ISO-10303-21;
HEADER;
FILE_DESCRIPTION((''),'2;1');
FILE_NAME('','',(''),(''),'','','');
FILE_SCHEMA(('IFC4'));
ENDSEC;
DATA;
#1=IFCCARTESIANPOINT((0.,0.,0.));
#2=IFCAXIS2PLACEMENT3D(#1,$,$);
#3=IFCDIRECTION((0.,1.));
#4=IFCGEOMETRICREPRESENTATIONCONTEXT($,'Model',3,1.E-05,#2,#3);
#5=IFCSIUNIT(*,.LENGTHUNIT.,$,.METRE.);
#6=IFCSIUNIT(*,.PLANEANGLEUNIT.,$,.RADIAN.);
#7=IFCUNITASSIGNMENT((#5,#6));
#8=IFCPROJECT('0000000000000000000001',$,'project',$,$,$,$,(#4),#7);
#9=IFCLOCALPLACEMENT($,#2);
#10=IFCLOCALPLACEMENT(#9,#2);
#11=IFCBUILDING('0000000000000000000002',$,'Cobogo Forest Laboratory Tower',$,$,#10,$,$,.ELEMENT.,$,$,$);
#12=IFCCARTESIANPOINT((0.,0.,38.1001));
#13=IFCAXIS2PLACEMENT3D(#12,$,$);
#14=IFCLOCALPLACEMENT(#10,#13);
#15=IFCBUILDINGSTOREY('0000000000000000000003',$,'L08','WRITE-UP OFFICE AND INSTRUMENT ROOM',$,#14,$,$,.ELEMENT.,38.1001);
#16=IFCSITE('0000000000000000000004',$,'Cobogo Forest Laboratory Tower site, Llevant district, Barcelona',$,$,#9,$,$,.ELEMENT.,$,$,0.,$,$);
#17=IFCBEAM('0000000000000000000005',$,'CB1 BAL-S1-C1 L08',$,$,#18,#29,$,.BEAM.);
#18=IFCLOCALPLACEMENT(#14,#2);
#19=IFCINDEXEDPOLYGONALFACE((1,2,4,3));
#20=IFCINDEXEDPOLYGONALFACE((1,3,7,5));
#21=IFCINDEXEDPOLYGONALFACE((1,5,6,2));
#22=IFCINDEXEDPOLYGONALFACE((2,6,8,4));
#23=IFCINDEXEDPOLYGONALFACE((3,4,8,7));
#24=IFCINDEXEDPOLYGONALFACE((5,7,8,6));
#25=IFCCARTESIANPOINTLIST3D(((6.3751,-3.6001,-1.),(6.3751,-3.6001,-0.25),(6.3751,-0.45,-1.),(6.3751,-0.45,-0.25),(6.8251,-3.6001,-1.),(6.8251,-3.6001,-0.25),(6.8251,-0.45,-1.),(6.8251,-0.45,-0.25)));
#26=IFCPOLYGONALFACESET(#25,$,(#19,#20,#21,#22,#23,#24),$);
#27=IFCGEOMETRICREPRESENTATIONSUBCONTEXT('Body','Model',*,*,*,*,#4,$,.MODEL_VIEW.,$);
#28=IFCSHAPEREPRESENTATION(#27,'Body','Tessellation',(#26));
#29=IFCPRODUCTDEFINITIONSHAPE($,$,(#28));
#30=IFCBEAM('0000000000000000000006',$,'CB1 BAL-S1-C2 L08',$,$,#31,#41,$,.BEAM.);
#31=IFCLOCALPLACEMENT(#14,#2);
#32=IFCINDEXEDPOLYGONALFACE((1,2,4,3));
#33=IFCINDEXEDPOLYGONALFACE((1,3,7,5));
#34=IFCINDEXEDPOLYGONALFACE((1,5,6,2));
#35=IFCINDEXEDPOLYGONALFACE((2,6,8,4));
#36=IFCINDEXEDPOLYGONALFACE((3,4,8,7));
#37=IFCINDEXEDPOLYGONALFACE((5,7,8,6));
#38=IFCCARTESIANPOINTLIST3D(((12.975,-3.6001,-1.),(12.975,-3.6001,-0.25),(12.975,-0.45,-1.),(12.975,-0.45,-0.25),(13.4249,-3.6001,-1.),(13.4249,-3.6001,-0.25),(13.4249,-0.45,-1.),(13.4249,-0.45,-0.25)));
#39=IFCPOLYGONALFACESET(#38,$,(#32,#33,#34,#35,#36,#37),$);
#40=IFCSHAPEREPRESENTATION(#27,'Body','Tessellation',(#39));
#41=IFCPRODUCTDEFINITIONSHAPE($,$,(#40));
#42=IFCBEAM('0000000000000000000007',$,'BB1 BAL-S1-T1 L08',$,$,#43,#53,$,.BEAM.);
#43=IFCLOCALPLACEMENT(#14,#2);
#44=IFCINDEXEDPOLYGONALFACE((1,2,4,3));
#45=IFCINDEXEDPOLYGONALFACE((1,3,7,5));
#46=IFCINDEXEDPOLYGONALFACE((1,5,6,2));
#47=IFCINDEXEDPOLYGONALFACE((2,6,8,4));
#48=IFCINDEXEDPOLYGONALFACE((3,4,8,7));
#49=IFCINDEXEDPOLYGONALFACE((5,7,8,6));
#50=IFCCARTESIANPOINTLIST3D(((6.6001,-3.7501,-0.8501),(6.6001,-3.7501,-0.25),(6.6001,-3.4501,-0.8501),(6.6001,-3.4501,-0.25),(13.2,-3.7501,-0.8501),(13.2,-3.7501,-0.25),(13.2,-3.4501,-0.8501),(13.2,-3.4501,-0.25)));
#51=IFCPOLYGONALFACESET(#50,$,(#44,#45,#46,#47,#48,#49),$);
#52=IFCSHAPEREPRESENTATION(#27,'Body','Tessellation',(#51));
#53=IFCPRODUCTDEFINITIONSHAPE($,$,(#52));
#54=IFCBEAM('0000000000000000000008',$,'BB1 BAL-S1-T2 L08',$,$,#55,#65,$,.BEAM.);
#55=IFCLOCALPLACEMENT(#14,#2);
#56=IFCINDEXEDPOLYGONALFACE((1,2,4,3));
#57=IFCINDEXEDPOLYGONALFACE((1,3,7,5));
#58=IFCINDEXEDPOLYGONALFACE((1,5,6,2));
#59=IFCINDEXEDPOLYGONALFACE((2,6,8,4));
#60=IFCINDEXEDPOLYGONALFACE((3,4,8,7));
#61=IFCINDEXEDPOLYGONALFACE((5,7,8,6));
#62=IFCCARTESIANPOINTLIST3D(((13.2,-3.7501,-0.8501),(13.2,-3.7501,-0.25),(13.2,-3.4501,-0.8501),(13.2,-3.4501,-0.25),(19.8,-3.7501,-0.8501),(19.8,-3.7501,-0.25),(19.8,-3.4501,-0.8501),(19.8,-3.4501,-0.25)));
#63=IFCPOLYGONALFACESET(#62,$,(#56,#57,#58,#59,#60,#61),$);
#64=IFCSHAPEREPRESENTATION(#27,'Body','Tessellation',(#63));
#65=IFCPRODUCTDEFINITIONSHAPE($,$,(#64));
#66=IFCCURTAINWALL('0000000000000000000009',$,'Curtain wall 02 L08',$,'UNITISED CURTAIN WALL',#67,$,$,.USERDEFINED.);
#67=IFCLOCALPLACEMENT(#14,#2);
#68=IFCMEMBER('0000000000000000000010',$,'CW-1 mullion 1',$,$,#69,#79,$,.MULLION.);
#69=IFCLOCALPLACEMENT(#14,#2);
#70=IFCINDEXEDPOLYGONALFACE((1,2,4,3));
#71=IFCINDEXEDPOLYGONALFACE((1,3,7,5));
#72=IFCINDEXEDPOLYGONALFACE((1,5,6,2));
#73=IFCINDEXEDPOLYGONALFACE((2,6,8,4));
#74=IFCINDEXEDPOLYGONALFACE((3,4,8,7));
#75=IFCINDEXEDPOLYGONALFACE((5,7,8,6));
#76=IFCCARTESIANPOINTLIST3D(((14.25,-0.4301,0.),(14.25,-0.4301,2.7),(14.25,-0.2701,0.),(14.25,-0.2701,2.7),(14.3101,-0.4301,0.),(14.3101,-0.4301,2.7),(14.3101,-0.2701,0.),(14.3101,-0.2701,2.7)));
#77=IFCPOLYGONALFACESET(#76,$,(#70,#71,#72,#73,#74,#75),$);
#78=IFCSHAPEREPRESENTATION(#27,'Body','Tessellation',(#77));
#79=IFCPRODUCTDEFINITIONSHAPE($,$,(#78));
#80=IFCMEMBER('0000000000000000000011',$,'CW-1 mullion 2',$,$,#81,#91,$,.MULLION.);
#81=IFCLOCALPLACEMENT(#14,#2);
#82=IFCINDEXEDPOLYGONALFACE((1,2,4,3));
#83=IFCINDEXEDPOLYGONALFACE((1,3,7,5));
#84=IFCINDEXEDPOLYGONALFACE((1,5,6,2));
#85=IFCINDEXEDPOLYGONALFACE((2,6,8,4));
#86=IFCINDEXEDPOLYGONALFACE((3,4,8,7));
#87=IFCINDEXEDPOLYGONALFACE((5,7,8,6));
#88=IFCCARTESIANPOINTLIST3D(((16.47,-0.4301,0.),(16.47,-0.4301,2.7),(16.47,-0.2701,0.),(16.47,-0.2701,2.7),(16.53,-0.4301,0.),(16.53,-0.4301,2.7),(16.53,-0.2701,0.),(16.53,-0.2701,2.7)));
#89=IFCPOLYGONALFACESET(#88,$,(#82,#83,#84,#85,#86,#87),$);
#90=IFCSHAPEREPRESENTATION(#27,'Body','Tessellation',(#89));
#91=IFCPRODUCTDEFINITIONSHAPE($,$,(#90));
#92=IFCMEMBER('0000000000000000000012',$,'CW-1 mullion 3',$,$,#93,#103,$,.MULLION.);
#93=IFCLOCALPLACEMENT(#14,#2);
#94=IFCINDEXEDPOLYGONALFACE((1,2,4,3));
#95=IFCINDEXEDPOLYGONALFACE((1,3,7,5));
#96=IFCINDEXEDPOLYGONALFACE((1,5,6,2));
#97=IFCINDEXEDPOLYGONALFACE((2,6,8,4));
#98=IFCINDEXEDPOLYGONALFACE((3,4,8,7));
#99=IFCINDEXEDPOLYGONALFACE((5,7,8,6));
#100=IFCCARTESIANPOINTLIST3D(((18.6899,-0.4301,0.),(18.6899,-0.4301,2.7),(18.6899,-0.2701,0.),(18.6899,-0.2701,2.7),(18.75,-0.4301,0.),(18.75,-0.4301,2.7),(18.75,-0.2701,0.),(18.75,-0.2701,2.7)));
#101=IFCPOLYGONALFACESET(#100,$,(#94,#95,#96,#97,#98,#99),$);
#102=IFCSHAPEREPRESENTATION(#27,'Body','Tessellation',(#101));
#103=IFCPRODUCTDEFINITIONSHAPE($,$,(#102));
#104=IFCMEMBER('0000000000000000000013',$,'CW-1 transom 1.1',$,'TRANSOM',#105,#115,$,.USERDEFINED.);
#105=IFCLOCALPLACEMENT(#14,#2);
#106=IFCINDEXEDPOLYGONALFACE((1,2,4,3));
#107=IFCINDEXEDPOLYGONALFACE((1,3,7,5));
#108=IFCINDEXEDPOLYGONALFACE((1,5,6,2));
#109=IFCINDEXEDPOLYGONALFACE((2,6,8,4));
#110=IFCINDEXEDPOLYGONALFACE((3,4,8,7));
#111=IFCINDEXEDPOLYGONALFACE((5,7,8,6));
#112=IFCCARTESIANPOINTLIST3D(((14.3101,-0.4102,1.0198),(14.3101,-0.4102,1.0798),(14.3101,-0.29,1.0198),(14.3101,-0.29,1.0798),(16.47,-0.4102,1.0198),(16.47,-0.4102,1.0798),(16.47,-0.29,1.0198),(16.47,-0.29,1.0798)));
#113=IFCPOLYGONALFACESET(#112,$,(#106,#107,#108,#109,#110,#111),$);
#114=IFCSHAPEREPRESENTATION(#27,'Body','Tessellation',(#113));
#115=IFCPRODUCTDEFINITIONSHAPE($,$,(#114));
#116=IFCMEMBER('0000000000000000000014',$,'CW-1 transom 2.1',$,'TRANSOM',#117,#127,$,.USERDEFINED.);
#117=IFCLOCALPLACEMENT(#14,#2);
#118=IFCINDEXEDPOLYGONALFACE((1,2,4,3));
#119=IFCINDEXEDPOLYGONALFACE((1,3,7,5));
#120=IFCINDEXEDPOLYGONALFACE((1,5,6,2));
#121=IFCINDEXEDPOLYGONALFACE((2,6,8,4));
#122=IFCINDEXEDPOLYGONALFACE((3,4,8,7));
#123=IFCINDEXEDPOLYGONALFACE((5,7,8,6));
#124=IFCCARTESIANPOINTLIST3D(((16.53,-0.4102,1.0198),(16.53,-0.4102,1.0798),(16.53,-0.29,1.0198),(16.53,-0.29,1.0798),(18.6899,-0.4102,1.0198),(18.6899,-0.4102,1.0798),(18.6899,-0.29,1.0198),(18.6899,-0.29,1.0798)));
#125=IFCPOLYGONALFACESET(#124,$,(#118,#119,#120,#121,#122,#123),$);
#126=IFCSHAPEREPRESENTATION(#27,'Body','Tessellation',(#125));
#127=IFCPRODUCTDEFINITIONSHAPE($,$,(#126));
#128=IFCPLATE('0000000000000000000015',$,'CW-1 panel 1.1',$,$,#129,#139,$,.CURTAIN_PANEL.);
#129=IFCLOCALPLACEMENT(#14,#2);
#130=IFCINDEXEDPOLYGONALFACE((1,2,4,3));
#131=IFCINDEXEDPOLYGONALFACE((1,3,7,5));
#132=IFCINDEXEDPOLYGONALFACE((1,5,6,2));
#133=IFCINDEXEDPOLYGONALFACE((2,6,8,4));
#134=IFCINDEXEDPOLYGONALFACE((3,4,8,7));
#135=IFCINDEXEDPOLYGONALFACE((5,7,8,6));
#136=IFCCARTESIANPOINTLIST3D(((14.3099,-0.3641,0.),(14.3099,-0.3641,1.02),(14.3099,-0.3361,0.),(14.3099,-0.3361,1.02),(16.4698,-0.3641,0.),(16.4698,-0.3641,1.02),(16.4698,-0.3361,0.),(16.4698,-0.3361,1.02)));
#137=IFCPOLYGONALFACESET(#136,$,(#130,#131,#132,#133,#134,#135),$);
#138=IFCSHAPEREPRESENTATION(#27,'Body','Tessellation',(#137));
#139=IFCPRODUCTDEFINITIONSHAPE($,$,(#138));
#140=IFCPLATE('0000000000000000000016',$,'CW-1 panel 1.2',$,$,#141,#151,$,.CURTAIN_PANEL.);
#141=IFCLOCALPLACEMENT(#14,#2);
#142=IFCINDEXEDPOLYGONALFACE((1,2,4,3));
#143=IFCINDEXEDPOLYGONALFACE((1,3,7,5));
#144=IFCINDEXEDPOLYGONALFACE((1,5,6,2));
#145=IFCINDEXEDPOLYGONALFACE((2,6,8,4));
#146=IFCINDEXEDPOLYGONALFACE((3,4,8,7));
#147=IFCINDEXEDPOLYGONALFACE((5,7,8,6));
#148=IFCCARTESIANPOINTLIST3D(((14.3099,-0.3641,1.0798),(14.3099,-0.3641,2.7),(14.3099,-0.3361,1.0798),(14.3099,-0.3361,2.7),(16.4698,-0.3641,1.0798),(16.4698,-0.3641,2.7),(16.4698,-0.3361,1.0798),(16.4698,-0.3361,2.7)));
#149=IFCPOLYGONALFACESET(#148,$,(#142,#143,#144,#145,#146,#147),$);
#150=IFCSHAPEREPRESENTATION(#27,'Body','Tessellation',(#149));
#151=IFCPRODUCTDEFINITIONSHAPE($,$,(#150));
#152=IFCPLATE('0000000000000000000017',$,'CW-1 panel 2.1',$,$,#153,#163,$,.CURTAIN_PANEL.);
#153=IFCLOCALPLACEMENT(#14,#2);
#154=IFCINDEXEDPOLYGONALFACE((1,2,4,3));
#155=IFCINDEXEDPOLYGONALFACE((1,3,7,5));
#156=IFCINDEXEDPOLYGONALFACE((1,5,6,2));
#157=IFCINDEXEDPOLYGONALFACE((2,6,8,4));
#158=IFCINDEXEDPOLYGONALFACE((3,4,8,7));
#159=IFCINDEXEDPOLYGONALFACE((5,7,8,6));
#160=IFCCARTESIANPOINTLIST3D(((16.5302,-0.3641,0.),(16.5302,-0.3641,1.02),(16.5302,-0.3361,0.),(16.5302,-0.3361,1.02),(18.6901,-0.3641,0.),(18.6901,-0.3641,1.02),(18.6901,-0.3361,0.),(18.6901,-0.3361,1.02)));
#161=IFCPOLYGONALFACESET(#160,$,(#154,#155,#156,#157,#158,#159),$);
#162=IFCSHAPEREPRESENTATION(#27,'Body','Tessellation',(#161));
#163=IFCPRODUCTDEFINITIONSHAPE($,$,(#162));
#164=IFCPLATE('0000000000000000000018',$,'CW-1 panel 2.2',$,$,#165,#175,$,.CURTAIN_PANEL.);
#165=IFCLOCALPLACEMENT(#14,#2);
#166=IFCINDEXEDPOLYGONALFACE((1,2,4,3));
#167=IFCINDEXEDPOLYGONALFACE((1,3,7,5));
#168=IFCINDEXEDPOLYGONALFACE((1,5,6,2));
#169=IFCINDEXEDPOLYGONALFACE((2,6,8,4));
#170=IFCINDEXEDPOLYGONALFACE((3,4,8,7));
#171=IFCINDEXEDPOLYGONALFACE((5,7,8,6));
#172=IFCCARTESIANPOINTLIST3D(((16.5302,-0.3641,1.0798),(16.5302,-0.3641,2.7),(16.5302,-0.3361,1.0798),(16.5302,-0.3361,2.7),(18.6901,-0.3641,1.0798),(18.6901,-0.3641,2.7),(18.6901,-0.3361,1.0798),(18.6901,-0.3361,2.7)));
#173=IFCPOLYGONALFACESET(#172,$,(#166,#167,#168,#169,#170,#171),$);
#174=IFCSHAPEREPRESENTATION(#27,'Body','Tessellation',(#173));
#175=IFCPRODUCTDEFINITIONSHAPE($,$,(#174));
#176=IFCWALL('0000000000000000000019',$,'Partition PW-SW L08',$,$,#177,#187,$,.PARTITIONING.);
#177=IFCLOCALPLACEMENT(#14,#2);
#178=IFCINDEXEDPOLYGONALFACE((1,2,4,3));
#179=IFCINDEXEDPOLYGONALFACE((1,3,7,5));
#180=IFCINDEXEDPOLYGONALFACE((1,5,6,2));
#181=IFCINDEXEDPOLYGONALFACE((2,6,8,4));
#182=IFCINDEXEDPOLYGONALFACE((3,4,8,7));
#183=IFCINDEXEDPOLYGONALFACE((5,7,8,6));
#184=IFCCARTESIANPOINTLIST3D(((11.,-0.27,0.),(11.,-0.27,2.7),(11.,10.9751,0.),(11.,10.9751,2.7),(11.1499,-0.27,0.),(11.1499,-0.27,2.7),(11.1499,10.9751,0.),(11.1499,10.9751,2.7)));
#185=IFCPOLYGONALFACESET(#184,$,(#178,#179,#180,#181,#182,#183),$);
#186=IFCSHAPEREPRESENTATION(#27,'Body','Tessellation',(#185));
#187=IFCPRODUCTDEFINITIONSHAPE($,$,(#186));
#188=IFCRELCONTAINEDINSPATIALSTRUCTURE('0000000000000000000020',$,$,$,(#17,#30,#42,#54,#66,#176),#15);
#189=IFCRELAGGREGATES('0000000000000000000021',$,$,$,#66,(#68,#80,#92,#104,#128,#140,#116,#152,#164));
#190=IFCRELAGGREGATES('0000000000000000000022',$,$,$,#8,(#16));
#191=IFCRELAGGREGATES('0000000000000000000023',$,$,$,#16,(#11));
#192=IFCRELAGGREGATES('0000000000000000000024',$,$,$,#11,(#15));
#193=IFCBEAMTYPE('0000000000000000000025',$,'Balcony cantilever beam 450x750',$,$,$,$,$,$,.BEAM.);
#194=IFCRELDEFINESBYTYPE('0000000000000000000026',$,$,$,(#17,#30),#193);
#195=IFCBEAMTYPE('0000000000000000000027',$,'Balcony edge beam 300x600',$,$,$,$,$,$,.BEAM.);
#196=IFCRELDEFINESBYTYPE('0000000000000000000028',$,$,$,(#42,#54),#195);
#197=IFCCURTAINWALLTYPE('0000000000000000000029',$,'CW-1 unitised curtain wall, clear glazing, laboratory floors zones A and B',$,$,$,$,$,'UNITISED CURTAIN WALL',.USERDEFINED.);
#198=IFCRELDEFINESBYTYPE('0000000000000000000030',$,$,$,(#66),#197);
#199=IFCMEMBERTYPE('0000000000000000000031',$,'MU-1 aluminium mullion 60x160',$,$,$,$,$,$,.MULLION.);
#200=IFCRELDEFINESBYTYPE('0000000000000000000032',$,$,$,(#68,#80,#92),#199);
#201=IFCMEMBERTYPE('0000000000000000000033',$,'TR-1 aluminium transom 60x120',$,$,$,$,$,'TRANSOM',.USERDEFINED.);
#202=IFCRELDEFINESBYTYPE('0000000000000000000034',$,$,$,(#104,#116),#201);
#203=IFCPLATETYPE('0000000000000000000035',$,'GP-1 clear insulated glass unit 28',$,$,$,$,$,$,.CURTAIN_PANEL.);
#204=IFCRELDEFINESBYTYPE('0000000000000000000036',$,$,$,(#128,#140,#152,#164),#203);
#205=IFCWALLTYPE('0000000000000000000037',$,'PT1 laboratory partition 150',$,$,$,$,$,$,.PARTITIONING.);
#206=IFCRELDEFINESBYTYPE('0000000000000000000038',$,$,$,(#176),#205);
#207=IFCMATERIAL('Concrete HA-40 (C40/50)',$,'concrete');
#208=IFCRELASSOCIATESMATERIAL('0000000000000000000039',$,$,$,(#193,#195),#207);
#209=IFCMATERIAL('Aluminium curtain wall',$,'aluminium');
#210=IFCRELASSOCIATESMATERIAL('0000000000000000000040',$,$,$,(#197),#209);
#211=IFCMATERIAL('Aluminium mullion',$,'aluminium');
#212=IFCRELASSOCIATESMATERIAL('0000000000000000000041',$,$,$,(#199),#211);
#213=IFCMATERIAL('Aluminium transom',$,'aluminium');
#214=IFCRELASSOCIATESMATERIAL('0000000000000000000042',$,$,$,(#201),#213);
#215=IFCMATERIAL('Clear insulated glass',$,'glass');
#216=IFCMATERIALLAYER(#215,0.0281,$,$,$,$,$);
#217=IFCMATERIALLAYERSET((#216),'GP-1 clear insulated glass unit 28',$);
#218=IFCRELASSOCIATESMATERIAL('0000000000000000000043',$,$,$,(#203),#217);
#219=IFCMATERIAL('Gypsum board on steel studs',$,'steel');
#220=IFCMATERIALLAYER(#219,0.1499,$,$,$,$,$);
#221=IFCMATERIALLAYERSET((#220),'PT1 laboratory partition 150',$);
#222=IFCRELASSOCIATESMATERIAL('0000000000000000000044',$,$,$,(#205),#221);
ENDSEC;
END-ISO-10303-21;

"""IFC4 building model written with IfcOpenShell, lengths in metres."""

from ifc_helpers import new_model, si_unit, direction, frame, frame_2d, origin, origin_2d, place, context, subcontext, project, spatial, rectangle, extrude, material, layer, layer_set, material_profile, profile_set, type_object, element, aggregate, save


model = new_model("IFC4")

# Units and contexts
model_context = context("Model", 3, precision=1e-05, world=origin(), true_north=direction((0.0, 1.0)))
body_context = subcontext(model_context, "Body", "Model", "MODEL_VIEW")
ifc_project = project(units=[si_unit("LENGTHUNIT", "METRE"), si_unit("PLANEANGLEUNIT", "RADIAN")], contexts=[model_context])

# Site, building, storey
site_placement = place(None, origin())
site = spatial("IfcSite", under=ifc_project, at=site_placement, Name="Cobogo Forest Laboratory Tower site, Llevant district, Barcelona", CompositionType="ELEMENT", RefElevation=0.0)
building_placement = place(site_placement, origin())
building = spatial("IfcBuilding", under=site, at=building_placement, Name="Cobogo Forest Laboratory Tower", CompositionType="ELEMENT")
storey_placement = place(building_placement, frame((0.0, 0.0, 38.1001)))
storey = spatial("IfcBuildingStorey", under=building, at=storey_placement, Name="L08", Description="WRITE-UP OFFICE AND INSTRUMENT ROOM", CompositionType="ELEMENT", Elevation=38.1001)

# Beams
ifc_material_1 = material(Name="Concrete HA-40 (C40/50)", Category="concrete")
ifc_material_profile_1 = material_profile(ifc_material_1, rectangle(XDim=0.45, YDim=0.75, at=origin_2d()), Name="RC 450x750")
ifc_profile_set_1 = profile_set([ifc_material_profile_1], Name="Concrete HA-40 (C40/50)")
beam_type_1 = type_object("IfcBeamType", Name="Balcony cantilever beam 450x750", PredefinedType="BEAM", material=ifc_profile_set_1)
for number, where, z_axis, x_axis, name in (
    (1, (6.6001, -0.45, -0.625), (0.0, -1.0, 0.0), (1.0, 0.0, 0.0), "CB1 BAL-S1-C1 L08"),
    (2, (13.2, -0.45, -0.625), (0.0, -1.0, 0.0), (1.0, 0.0, 0.0), "CB1 BAL-S1-C2 L08"),
):
    element("IfcBeam", number, at=place(storey_placement, frame(where, z_axis=z_axis, x_axis=x_axis)), inside=storey, type_object=beam_type_1, Name=name, PredefinedType="BEAM", context=body_context, shape_type="SweptSolid", body=[
        extrude(rectangle(XDim=0.45, YDim=0.75, at=origin_2d()), origin(), (0.0, 0.0, 1.0), 3.1501),
    ])
ifc_material_profile_2 = material_profile(ifc_material_1, rectangle(XDim=0.3, YDim=0.6001, at=origin_2d()), Name="RC 300x600")
ifc_profile_set_2 = profile_set([ifc_material_profile_2], Name="Concrete HA-40 (C40/50)")
beam_type_2 = type_object("IfcBeamType", Name="Balcony edge beam 300x600", PredefinedType="BEAM", material=ifc_profile_set_2)
beam_1_placement = place(storey_placement, frame((6.6001, -3.6001, -0.55), z_axis=(1.0, 0.0, 0.0), x_axis=(0.0, 1.0, 0.0)))
element("IfcBeam", 3, at=beam_1_placement, inside=storey, type_object=beam_type_2, Name="BB1 BAL-S1-T1 L08", PredefinedType="BEAM", context=body_context, shape_type="SweptSolid", body=[
    extrude(rectangle(XDim=0.3, YDim=0.6001, at=origin_2d()), origin(), (0.0, 0.0, 1.0), 6.5999),
])
beam_2_placement = place(storey_placement, frame((13.2, -3.6001, -0.55), z_axis=(1.0, 0.0, 0.0), x_axis=(0.0, 1.0, 0.0)))
element("IfcBeam", 4, at=beam_2_placement, inside=storey, type_object=beam_type_2, Name="BB1 BAL-S1-T2 L08", PredefinedType="BEAM", context=body_context, shape_type="SweptSolid", body=[
    extrude(rectangle(XDim=0.3, YDim=0.6001, at=origin_2d()), origin(), (0.0, 0.0, 1.0), 6.6001),
])

# Curtain wall, members, plates
ifc_material_2 = material(Name="Aluminium curtain wall", Category="aluminium")
curtain_wall_type = type_object("IfcCurtainWallType", Name="CW-1 unitised curtain wall, clear glazing, laboratory floors zones A and B", ElementType="UNITISED CURTAIN WALL", PredefinedType="USERDEFINED", material=ifc_material_2)
curtain_wall_placement = place(storey_placement, origin())
curtain_wall = element("IfcCurtainWall", 5, at=curtain_wall_placement, inside=storey, type_object=curtain_wall_type, Name="Curtain wall 02 L08", ObjectType="UNITISED CURTAIN WALL", PredefinedType="USERDEFINED")
ifc_material_3 = material(Name="Aluminium mullion", Category="aluminium")
ifc_material_profile_3 = material_profile(ifc_material_3, rectangle(XDim=0.0601, YDim=0.1599, at=origin_2d()), Name="AL 60x160")
ifc_profile_set_3 = profile_set([ifc_material_profile_3], Name="Aluminium mullion")
member_type_1 = type_object("IfcMemberType", Name="MU-1 aluminium mullion 60x160", PredefinedType="MULLION", material=ifc_profile_set_3)
member_1_placement = place(storey_placement, frame((14.28, -0.3501, 0.0), z_axis=(0.0, 0.0, 1.0), x_axis=(1.0, 0.0, 0.0)))
member_1 = element("IfcMember", 6, at=member_1_placement, type_object=member_type_1, Name="CW-1 mullion 1", PredefinedType="MULLION", context=body_context, shape_type="SweptSolid", body=[
    extrude(rectangle(XDim=0.0601, YDim=0.1599, at=origin_2d()), origin(), (0.0, 0.0, 1.0), 2.7),
])
member_2_placement = place(storey_placement, frame((16.5, -0.3501, 0.0), z_axis=(0.0, 0.0, 1.0), x_axis=(1.0, 0.0, 0.0)))
member_2 = element("IfcMember", 7, at=member_2_placement, type_object=member_type_1, Name="CW-1 mullion 2", PredefinedType="MULLION", context=body_context, shape_type="SweptSolid", body=[
    extrude(rectangle(XDim=0.0601, YDim=0.1599, at=origin_2d()), origin(), (0.0, 0.0, 1.0), 2.7),
])
member_3_placement = place(storey_placement, frame((18.72, -0.3501, 0.0), z_axis=(0.0, 0.0, 1.0), x_axis=(1.0, 0.0, 0.0)))
member_3 = element("IfcMember", 8, at=member_3_placement, type_object=member_type_1, Name="CW-1 mullion 3", PredefinedType="MULLION", context=body_context, shape_type="SweptSolid", body=[
    extrude(rectangle(XDim=0.0601, YDim=0.1599, at=origin_2d()), origin(), (0.0, 0.0, 1.0), 2.7),
])
ifc_material_4 = material(Name="Aluminium transom", Category="aluminium")
ifc_material_profile_4 = material_profile(ifc_material_4, rectangle(XDim=0.1201, YDim=0.0601, at=origin_2d()), Name="AL 60x120")
ifc_profile_set_4 = profile_set([ifc_material_profile_4], Name="Aluminium transom")
member_type_2 = type_object("IfcMemberType", Name="TR-1 aluminium transom 60x120", ElementType="TRANSOM", PredefinedType="USERDEFINED", material=ifc_profile_set_4)
member_4_placement = place(storey_placement, frame((14.3101, -0.3501, 1.0498), z_axis=(1.0, 0.0, 0.0), x_axis=(0.0, 1.0, 0.0)))
member_4 = element("IfcMember", 9, at=member_4_placement, type_object=member_type_2, Name="CW-1 transom 1.1", ObjectType="TRANSOM", PredefinedType="USERDEFINED", context=body_context, shape_type="SweptSolid", body=[
    extrude(rectangle(XDim=0.1201, YDim=0.0601, at=origin_2d()), origin(), (0.0, 0.0, 1.0), 2.1599),
])
member_5_placement = place(storey_placement, frame((16.53, -0.3501, 1.0498), z_axis=(1.0, 0.0, 0.0), x_axis=(0.0, 1.0, 0.0)))
member_5 = element("IfcMember", 10, at=member_5_placement, type_object=member_type_2, Name="CW-1 transom 2.1", ObjectType="TRANSOM", PredefinedType="USERDEFINED", context=body_context, shape_type="SweptSolid", body=[
    extrude(rectangle(XDim=0.1201, YDim=0.0601, at=origin_2d()), origin(), (0.0, 0.0, 1.0), 2.1599),
])
ifc_material_5 = material(Name="Clear insulated glass", Category="glass")
ifc_layer_1 = layer(ifc_material_5, 0.0281)
ifc_layer_set_1 = layer_set([ifc_layer_1], Name="GP-1 clear insulated glass unit 28")
plate_type = type_object("IfcPlateType", Name="GP-1 clear insulated glass unit 28", PredefinedType="CURTAIN_PANEL", material=ifc_layer_set_1)
plate_1_placement = place(storey_placement, frame((15.3899, -0.3501, 0.0), z_axis=(0.0, 0.0, 1.0), x_axis=(1.0, 0.0, 0.0)))
plate_1 = element("IfcPlate", 11, at=plate_1_placement, type_object=plate_type, Name="CW-1 panel 1.1", PredefinedType="CURTAIN_PANEL", context=body_context, shape_type="SweptSolid", body=[
    extrude(rectangle(XDim=2.1599, YDim=0.0281, at=origin_2d()), origin(), (0.0, 0.0, 1.0), 1.02),
])
plate_2_placement = place(storey_placement, frame((15.3899, -0.3501, 1.0798), z_axis=(0.0, 0.0, 1.0), x_axis=(1.0, 0.0, 0.0)))
plate_2 = element("IfcPlate", 12, at=plate_2_placement, type_object=plate_type, Name="CW-1 panel 1.2", PredefinedType="CURTAIN_PANEL", context=body_context, shape_type="SweptSolid", body=[
    extrude(rectangle(XDim=2.1599, YDim=0.0281, at=origin_2d()), origin(), (0.0, 0.0, 1.0), 1.6201),
])
plate_3_placement = place(storey_placement, frame((17.6101, -0.3501, 0.0), z_axis=(0.0, 0.0, 1.0), x_axis=(1.0, 0.0, 0.0)))
plate_3 = element("IfcPlate", 13, at=plate_3_placement, type_object=plate_type, Name="CW-1 panel 2.1", PredefinedType="CURTAIN_PANEL", context=body_context, shape_type="SweptSolid", body=[
    extrude(rectangle(XDim=2.1599, YDim=0.0281, at=origin_2d()), origin(), (0.0, 0.0, 1.0), 1.02),
])
plate_4_placement = place(storey_placement, frame((17.6101, -0.3501, 1.0798), z_axis=(0.0, 0.0, 1.0), x_axis=(1.0, 0.0, 0.0)))
plate_4 = element("IfcPlate", 14, at=plate_4_placement, type_object=plate_type, Name="CW-1 panel 2.2", PredefinedType="CURTAIN_PANEL", context=body_context, shape_type="SweptSolid", body=[
    extrude(rectangle(XDim=2.1599, YDim=0.0281, at=origin_2d()), origin(), (0.0, 0.0, 1.0), 1.6201),
])
aggregate(curtain_wall, [member_1, member_2, member_3, member_4, plate_1, plate_2, member_5, plate_3, plate_4])

# Wall
ifc_material_6 = material(Name="Gypsum board on steel studs", Category="steel")
ifc_layer_2 = layer(ifc_material_6, 0.1499)
ifc_layer_set_2 = layer_set([ifc_layer_2], Name="PT1 laboratory partition 150")
wall_type_1 = type_object("IfcWallType", Name="PT1 laboratory partition 150", PredefinedType="PARTITIONING", material=ifc_layer_set_2)
wall_1_placement = place(storey_placement, frame((11.075, -0.27, 0.0), z_axis=(0.0, 0.0, 1.0), x_axis=(0.0, 1.0, 0.0)))
element("IfcWall", 15, at=wall_1_placement, inside=storey, type_object=wall_type_1, Name="Partition PW-SW L08", PredefinedType="PARTITIONING", context=body_context, shape_type="SweptSolid", body=[
    extrude(rectangle(XDim=11.2451, YDim=0.1499, at=frame_2d((5.6226, 0.0))), origin(), (0.0, 0.0, 1.0), 2.7),
])

save(model, "model.ifc")
